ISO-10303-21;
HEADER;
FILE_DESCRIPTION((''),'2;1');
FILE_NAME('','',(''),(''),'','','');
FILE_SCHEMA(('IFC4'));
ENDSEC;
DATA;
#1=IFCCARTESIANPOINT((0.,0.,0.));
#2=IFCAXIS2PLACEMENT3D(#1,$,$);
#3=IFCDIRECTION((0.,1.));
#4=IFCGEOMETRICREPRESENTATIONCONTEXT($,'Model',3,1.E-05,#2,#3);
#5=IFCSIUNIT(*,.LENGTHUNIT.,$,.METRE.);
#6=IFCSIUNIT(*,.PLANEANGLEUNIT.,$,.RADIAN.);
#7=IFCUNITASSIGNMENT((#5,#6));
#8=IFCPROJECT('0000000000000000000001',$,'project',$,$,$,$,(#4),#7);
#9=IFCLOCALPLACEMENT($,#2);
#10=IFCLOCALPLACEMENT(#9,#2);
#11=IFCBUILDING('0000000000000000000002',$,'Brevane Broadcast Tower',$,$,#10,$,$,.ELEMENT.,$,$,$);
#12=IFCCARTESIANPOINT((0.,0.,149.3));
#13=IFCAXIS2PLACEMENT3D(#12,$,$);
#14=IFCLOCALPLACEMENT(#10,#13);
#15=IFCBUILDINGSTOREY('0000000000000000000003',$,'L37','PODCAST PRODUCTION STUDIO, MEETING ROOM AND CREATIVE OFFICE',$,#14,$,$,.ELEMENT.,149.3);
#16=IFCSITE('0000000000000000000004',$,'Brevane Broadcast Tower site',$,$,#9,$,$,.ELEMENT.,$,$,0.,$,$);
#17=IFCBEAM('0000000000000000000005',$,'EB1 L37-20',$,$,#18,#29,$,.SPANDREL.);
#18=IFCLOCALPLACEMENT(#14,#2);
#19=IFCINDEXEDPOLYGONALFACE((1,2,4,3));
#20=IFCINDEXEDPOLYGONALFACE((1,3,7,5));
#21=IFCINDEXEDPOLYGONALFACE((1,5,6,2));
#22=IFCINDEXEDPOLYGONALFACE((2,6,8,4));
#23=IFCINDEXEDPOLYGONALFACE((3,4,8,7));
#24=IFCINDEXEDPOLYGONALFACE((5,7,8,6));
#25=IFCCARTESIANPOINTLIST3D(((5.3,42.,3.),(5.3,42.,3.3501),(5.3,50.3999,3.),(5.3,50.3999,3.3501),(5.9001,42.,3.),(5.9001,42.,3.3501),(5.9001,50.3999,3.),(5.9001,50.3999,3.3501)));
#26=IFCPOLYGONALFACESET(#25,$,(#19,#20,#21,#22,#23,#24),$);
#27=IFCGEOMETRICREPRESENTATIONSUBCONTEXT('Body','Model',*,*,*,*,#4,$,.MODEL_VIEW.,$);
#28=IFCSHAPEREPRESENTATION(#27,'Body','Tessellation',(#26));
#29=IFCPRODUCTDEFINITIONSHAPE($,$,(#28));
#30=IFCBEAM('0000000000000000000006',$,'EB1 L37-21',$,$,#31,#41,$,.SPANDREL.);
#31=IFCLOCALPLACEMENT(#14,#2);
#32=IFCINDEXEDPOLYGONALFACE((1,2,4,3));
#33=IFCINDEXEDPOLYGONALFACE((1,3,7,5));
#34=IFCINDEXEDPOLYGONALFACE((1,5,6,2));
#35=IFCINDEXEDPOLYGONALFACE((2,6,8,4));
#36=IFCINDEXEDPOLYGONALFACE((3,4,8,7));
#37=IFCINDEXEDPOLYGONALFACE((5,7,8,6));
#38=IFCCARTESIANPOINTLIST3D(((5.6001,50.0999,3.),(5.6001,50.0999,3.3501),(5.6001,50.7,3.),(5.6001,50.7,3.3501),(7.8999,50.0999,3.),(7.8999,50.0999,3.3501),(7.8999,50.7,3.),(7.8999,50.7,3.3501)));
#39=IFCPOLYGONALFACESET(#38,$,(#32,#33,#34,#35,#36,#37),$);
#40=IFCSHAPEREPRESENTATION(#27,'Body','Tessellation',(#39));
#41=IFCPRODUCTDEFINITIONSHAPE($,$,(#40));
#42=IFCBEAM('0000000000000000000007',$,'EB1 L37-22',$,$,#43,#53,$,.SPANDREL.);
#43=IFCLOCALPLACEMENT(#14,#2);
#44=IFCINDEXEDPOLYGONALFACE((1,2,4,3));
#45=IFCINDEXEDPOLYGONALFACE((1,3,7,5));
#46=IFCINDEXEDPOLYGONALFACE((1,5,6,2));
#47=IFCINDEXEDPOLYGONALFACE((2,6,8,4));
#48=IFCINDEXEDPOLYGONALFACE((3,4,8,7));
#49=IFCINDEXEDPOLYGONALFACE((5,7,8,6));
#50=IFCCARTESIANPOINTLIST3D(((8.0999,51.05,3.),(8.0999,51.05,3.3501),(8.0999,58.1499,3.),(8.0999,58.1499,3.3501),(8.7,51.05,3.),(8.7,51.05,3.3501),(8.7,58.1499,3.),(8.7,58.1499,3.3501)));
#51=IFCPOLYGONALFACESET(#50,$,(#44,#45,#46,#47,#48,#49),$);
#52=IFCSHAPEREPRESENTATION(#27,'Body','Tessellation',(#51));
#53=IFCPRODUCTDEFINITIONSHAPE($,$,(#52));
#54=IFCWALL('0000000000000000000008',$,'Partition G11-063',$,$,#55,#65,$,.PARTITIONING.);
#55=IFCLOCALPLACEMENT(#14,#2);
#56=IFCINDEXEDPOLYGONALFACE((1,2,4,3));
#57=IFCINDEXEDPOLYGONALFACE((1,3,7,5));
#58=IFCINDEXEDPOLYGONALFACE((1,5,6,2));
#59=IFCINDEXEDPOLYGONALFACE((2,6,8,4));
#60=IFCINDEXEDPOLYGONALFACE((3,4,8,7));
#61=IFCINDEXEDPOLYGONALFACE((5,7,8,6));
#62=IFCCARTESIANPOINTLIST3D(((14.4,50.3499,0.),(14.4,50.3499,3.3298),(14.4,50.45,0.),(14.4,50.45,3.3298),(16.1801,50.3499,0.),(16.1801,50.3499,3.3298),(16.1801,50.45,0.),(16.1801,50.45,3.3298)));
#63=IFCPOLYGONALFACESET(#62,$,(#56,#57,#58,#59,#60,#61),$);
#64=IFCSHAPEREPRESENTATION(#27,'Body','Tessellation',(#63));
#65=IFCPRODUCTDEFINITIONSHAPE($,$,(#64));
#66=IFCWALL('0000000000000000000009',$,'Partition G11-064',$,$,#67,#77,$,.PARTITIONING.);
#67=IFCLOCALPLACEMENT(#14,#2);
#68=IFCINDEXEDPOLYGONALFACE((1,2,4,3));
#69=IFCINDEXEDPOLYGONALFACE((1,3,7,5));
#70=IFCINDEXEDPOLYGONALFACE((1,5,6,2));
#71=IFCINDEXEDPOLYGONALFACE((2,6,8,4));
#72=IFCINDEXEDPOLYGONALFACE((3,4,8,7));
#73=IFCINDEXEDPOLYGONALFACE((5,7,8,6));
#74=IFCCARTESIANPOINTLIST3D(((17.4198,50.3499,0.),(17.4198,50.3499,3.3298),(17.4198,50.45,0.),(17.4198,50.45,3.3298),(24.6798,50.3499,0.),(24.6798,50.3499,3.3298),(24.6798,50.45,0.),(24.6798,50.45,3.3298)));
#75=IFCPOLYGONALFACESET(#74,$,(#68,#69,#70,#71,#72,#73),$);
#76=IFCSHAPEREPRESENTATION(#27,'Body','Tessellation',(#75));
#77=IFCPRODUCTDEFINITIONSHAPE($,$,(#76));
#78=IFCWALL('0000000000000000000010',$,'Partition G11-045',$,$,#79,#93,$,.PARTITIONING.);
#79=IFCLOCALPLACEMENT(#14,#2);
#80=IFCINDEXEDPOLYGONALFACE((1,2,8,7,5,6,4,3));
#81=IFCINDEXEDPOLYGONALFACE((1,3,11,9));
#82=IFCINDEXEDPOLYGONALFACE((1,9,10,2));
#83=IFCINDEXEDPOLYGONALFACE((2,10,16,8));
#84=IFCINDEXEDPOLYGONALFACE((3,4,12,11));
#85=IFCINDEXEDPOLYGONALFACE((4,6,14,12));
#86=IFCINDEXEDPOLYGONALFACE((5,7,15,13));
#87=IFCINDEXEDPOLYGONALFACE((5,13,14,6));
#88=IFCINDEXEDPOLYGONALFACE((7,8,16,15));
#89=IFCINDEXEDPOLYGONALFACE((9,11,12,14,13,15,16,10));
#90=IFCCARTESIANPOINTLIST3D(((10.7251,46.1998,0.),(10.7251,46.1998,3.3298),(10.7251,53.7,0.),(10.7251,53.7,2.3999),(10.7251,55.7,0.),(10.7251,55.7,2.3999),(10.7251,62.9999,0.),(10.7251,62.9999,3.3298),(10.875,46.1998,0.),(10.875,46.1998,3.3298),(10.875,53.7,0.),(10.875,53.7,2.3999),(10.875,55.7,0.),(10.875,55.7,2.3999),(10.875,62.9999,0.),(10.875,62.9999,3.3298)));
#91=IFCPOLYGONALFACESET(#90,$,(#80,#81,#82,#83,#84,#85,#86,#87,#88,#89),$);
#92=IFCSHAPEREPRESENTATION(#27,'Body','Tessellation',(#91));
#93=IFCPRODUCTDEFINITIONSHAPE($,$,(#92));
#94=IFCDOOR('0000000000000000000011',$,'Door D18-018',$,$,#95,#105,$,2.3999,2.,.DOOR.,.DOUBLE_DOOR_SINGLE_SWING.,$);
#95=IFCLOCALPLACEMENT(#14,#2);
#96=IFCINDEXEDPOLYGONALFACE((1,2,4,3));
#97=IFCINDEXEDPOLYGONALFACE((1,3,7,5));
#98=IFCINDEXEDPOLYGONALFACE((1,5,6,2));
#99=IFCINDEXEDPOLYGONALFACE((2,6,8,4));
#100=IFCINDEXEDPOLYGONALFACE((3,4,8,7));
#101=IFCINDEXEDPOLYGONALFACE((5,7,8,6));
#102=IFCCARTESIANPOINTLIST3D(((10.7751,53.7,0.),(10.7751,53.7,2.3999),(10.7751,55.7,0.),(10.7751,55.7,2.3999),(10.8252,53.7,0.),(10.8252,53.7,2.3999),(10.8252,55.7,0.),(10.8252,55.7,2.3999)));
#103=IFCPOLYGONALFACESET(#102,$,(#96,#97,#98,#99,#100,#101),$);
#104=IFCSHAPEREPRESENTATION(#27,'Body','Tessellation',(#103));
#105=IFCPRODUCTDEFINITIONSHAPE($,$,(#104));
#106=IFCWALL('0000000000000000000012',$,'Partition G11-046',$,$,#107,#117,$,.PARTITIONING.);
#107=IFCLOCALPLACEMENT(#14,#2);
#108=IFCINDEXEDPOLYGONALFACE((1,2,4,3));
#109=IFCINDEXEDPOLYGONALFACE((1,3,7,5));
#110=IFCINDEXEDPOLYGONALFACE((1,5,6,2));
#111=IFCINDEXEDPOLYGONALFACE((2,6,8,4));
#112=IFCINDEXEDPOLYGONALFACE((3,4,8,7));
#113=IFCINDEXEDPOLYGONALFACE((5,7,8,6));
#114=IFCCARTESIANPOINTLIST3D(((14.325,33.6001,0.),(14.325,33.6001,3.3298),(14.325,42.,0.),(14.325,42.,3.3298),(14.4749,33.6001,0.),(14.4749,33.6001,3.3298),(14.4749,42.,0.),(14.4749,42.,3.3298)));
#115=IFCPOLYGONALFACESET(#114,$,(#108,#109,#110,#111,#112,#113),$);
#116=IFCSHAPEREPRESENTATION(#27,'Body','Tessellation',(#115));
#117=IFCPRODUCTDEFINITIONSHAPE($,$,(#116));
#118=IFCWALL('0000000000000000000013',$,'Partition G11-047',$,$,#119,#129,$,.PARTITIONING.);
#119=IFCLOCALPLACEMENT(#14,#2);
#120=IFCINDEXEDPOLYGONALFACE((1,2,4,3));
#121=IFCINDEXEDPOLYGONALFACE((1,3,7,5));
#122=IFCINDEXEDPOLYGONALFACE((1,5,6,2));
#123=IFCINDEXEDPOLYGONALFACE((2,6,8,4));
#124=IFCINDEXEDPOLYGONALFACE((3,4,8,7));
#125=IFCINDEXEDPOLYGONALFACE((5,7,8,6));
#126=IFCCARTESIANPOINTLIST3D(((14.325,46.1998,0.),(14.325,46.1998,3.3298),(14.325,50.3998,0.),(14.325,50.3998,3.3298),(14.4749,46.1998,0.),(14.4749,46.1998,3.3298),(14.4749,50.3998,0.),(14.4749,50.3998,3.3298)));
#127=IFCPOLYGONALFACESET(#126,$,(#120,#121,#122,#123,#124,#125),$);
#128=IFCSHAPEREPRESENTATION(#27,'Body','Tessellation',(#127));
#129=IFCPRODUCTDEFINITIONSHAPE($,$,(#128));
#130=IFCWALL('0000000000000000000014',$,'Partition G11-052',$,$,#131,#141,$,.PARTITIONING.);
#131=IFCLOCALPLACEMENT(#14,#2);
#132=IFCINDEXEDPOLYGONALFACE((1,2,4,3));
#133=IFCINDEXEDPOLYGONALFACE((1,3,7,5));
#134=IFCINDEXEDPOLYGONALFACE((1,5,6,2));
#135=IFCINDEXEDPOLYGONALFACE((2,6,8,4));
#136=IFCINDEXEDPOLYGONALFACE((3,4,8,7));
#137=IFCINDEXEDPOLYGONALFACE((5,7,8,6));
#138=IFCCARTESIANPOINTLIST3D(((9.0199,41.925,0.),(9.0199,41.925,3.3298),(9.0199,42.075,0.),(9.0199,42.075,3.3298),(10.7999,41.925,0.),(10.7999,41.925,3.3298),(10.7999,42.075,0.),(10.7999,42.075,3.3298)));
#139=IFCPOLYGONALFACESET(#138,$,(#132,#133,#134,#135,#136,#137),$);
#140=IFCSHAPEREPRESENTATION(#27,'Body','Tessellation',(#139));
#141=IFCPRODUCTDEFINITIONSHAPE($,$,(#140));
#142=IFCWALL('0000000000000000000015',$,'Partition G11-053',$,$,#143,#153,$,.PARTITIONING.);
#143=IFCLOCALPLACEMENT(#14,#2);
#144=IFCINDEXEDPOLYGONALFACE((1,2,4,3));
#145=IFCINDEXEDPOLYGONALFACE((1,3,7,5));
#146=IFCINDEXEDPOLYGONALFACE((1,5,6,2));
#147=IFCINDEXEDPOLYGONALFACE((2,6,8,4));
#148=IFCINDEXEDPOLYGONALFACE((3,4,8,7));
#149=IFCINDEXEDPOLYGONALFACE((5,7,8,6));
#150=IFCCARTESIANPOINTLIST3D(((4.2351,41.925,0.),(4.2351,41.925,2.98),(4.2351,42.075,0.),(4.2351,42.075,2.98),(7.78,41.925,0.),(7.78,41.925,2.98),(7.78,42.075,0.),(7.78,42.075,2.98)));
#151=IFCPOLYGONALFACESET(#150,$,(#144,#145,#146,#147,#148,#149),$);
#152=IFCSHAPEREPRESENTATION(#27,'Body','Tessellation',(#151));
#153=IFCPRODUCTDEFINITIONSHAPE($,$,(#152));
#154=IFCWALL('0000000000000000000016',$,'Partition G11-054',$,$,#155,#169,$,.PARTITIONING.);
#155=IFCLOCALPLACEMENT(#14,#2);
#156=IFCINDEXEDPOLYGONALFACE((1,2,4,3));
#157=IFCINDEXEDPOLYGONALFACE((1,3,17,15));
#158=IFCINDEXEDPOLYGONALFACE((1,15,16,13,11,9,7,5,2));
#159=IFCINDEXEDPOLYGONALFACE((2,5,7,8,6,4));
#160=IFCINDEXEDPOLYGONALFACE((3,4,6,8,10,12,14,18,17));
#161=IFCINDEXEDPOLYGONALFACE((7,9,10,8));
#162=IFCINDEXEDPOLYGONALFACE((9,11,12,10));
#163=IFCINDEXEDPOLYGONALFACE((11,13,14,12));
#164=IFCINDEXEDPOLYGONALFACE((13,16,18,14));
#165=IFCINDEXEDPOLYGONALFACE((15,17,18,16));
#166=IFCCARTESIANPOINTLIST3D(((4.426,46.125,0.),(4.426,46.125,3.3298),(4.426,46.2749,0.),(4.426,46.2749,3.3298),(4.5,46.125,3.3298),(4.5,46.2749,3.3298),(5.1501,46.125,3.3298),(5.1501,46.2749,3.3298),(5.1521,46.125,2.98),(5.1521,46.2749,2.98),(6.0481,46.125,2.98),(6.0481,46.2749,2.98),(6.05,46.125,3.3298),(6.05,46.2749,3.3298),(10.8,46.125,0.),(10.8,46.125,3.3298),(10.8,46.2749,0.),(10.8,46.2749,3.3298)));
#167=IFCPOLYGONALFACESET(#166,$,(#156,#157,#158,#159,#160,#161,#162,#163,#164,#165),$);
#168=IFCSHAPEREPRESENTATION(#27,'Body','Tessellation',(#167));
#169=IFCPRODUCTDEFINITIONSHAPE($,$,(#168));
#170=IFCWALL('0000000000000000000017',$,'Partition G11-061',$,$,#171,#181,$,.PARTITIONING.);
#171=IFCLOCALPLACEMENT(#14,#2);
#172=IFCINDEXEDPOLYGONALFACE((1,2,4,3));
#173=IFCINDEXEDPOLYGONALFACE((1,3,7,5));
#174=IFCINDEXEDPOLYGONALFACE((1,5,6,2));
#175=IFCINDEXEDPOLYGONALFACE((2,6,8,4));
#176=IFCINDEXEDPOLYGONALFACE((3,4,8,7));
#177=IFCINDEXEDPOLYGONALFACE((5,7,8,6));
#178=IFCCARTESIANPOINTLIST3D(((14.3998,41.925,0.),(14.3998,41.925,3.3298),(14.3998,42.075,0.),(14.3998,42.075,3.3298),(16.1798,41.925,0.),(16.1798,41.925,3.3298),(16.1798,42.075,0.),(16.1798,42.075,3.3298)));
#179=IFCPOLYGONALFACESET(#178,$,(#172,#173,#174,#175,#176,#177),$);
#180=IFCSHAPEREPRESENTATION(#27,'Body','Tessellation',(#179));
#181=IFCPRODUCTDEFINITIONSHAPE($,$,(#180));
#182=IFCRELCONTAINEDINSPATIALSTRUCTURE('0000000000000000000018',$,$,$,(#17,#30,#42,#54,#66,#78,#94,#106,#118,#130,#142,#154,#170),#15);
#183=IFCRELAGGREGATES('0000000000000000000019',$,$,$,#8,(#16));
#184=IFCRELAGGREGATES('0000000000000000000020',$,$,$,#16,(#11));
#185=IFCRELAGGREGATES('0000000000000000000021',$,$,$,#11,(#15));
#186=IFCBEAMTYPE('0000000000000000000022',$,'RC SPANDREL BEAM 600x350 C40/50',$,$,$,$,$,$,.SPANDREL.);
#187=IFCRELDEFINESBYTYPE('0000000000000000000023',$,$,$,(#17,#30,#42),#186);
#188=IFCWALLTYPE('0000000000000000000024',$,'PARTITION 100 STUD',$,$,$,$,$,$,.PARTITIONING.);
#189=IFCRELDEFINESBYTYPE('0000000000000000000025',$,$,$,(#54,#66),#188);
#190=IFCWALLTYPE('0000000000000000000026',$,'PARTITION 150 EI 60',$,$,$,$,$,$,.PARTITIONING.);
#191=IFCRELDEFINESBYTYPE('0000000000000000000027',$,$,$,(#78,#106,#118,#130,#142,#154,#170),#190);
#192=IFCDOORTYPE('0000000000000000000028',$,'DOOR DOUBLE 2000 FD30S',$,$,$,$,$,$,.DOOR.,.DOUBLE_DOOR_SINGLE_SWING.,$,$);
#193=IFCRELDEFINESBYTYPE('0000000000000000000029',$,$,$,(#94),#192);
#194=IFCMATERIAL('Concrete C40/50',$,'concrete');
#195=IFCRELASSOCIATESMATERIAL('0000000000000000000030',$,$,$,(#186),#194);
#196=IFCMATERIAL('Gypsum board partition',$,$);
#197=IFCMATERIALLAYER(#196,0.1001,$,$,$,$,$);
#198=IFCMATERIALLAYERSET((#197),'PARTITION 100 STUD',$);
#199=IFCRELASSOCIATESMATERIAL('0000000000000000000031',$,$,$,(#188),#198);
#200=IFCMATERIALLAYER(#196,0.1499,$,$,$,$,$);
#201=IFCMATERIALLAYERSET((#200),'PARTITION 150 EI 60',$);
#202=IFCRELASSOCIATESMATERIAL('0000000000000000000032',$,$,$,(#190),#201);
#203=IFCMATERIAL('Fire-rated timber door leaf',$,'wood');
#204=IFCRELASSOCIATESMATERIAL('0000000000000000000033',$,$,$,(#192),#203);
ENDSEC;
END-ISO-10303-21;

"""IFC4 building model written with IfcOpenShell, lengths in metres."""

from ifc_helpers import new_model, si_unit, direction, frame, frame_2d, origin, origin_2d, place, context, subcontext, project, spatial, polyline, rectangle, outline, extrude, material, layer, layer_set, material_profile, profile_set, type_object, element, fill, save


model = new_model("IFC4")

# Units and contexts
model_context = context("Model", 3, precision=1e-05, world=origin(), true_north=direction((0.0, 1.0)))
body_context = subcontext(model_context, "Body", "Model", "MODEL_VIEW")
ifc_project = project(units=[si_unit("LENGTHUNIT", "METRE"), si_unit("PLANEANGLEUNIT", "RADIAN")], contexts=[model_context])

# Site, building, storey
site_placement = place(None, origin())
site = spatial("IfcSite", under=ifc_project, at=site_placement, Name="Brevane Broadcast Tower site", CompositionType="ELEMENT", RefElevation=0.0)
building_placement = place(site_placement, origin())
building = spatial("IfcBuilding", under=site, at=building_placement, Name="Brevane Broadcast Tower", CompositionType="ELEMENT")
storey_placement = place(building_placement, frame((0.0, 0.0, 149.3)))
storey = spatial("IfcBuildingStorey", under=building, at=storey_placement, Name="L37", Description="PODCAST PRODUCTION STUDIO, MEETING ROOM AND CREATIVE OFFICE", CompositionType="ELEMENT", Elevation=149.3)

# Beams
ifc_material_1 = material(Name="Concrete C40/50", Category="concrete")
ifc_material_profile_1 = material_profile(ifc_material_1, rectangle(XDim=0.6001, YDim=0.3501, at=origin_2d()), Name="RC 600x350")
ifc_profile_set_1 = profile_set([ifc_material_profile_1], Name="Concrete C40/50")
beam_type_1 = type_object("IfcBeamType", Name="RC SPANDREL BEAM 600x350 C40/50", PredefinedType="SPANDREL", material=ifc_profile_set_1)
beam_1_placement = place(storey_placement, frame((5.6001, 42.0, 3.175), z_axis=(0.0, 1.0, 0.0), x_axis=(-1.0, 0.0, 0.0)))
element("IfcBeam", 1, at=beam_1_placement, inside=storey, type_object=beam_type_1, Name="EB1 L37-20", PredefinedType="SPANDREL", context=body_context, shape_type="SweptSolid", body=[
    extrude(rectangle(XDim=0.6001, YDim=0.3501, at=origin_2d()), origin(), (0.0, 0.0, 1.0), 8.3999),
])
beam_2_placement = place(storey_placement, frame((5.6001, 50.3999, 3.175), z_axis=(1.0, 0.0, 0.0), x_axis=(0.0, 1.0, 0.0)))
element("IfcBeam", 2, at=beam_2_placement, inside=storey, type_object=beam_type_1, Name="EB1 L37-21", PredefinedType="SPANDREL", context=body_context, shape_type="SweptSolid", body=[
    extrude(rectangle(XDim=0.6001, YDim=0.3501, at=origin_2d()), origin(), (0.0, 0.0, 1.0), 2.2998),
])
beam_3_placement = place(storey_placement, frame((8.3999, 51.05, 3.175), z_axis=(0.0, 1.0, 0.0), x_axis=(-1.0, 0.0, 0.0)))
element("IfcBeam", 3, at=beam_3_placement, inside=storey, type_object=beam_type_1, Name="EB1 L37-22", PredefinedType="SPANDREL", context=body_context, shape_type="SweptSolid", body=[
    extrude(rectangle(XDim=0.6001, YDim=0.3501, at=origin_2d()), origin(), (0.0, 0.0, 1.0), 7.0999),
])

# Walls
ifc_material_2 = material(Name="Gypsum board partition")
ifc_layer_1 = layer(ifc_material_2, 0.1001)
ifc_layer_set_1 = layer_set([ifc_layer_1], Name="PARTITION 100 STUD")
wall_type_1 = type_object("IfcWallType", Name="PARTITION 100 STUD", PredefinedType="PARTITIONING", material=ifc_layer_set_1)
wall_1_placement = place(storey_placement, frame((14.3999, 50.3999, 0.0), z_axis=(0.0, 0.0, 1.0), x_axis=(1.0, 0.0, 0.0)))
element("IfcWall", 4, at=wall_1_placement, inside=storey, type_object=wall_type_1, Name="Partition G11-063", PredefinedType="PARTITIONING", context=body_context, shape_type="SweptSolid", body=[
    extrude(rectangle(XDim=1.78, YDim=0.1001, at=frame_2d((0.8901, 0.0))), origin(), (0.0, 0.0, 1.0), 3.3298),
])
wall_2_placement = place(storey_placement, frame((17.4199, 50.3999, 0.0), z_axis=(0.0, 0.0, 1.0), x_axis=(1.0, 0.0, 0.0)))
element("IfcWall", 5, at=wall_2_placement, inside=storey, type_object=wall_type_1, Name="Partition G11-064", PredefinedType="PARTITIONING", context=body_context, shape_type="SweptSolid", body=[
    extrude(rectangle(XDim=7.26, YDim=0.1001, at=frame_2d((3.6299, 0.0))), origin(), (0.0, 0.0, 1.0), 3.3298),
])

# Wall, opening, door
ifc_layer_2 = layer(ifc_material_2, 0.1499)
ifc_layer_set_2 = layer_set([ifc_layer_2], Name="PARTITION 150 EI 60")
wall_type_2 = type_object("IfcWallType", Name="PARTITION 150 EI 60", PredefinedType="PARTITIONING", material=ifc_layer_set_2)
wall_3_placement = place(storey_placement, frame((10.8, 46.2, 0.0), z_axis=(0.0, 0.0, 1.0), x_axis=(0.0, 1.0, 0.0)))
wall_3 = element("IfcWall", 6, at=wall_3_placement, inside=storey, type_object=wall_type_2, Name="Partition G11-045", PredefinedType="PARTITIONING", context=body_context, shape_type="SweptSolid", body=[
    extrude(rectangle(XDim=16.8, YDim=0.1499, at=frame_2d((8.3999, 0.0))), origin(), (0.0, 0.0, 1.0), 3.3298),
])
opening_1_placement = place(wall_3_placement, frame((7.5, 0.0, 0.0)))
opening_1 = element("IfcOpeningElement", 7, at=opening_1_placement, cuts=wall_3, PredefinedType="OPENING", context=body_context, shape_type="SweptSolid", body=[
    extrude(rectangle(XDim=2.0, YDim=2.3999, at=frame_2d((1.0, 1.2))), frame((0.0, 0.085, 0.0), z_axis=(0.0, -1.0, 0.0), x_axis=(1.0, 0.0, 0.0)), (0.0, 0.0, 1.0), 0.1699),
])
ifc_material_3 = material(Name="Fire-rated timber door leaf", Category="wood")
door_type_1 = type_object("IfcDoorType", Name="DOOR DOUBLE 2000 FD30S", OperationType="DOUBLE_DOOR_SINGLE_SWING", PredefinedType="DOOR", material=ifc_material_3)
door_1_placement = place(opening_1_placement, origin())
door_1 = element("IfcDoor", 8, at=door_1_placement, inside=storey, type_object=door_type_1, Name="Door D18-018", OperationType="DOUBLE_DOOR_SINGLE_SWING", OverallHeight=2.3999, OverallWidth=2.0, PredefinedType="DOOR", context=body_context, shape_type="SweptSolid", body=[
    extrude(rectangle(XDim=2.0, YDim=2.3999, at=frame_2d((1.0, 1.2))), frame((0.0, 0.0249, 0.0), z_axis=(0.0, -1.0, 0.0), x_axis=(1.0, 0.0, 0.0)), (0.0, 0.0, 1.0), 0.05),
])
fill(opening_1, door_1)

# Walls
wall_4_placement = place(storey_placement, frame((14.3999, 42.0, 0.0), z_axis=(0.0, 0.0, 1.0), x_axis=(0.0, -1.0, 0.0)))
element("IfcWall", 9, at=wall_4_placement, inside=storey, type_object=wall_type_2, Name="Partition G11-046", PredefinedType="PARTITIONING", context=body_context, shape_type="SweptSolid", body=[
    extrude(rectangle(XDim=8.3999, YDim=0.1499, at=frame_2d((4.2, 0.0))), origin(), (0.0, 0.0, 1.0), 3.3298),
])
wall_5_placement = place(storey_placement, frame((14.3999, 50.3999, 0.0), z_axis=(0.0, 0.0, 1.0), x_axis=(0.0, -1.0, 0.0)))
element("IfcWall", 10, at=wall_5_placement, inside=storey, type_object=wall_type_2, Name="Partition G11-047", PredefinedType="PARTITIONING", context=body_context, shape_type="SweptSolid", body=[
    extrude(rectangle(XDim=4.2, YDim=0.1499, at=frame_2d((2.1001, 0.0))), origin(), (0.0, 0.0, 1.0), 3.3298),
])
wall_6_placement = place(storey_placement, frame((10.8, 42.0, 0.0), z_axis=(0.0, 0.0, 1.0), x_axis=(-1.0, 0.0, 0.0)))
element("IfcWall", 11, at=wall_6_placement, inside=storey, type_object=wall_type_2, Name="Partition G11-052", PredefinedType="PARTITIONING", context=body_context, shape_type="SweptSolid", body=[
    extrude(rectangle(XDim=1.78, YDim=0.1499, at=frame_2d((0.8901, 0.0))), origin(), (0.0, 0.0, 1.0), 3.3298),
])
wall_7_placement = place(storey_placement, frame((7.78, 42.0, 0.0), z_axis=(0.0, 0.0, 1.0), x_axis=(-1.0, 0.0, 0.0)))
element("IfcWall", 12, at=wall_7_placement, inside=storey, type_object=wall_type_2, Name="Partition G11-053", PredefinedType="PARTITIONING", context=body_context, shape_type="SweptSolid", body=[
    extrude(rectangle(XDim=3.5449, YDim=0.1499, at=frame_2d((1.7725, 0.0))), origin(), (0.0, 0.0, 1.0), 2.98),
])
wall_8_placement = place(storey_placement, frame((4.426, 46.2, 0.0), z_axis=(0.0, 0.0, 1.0), x_axis=(1.0, 0.0, 0.0)))
element("IfcWall", 13, at=wall_8_placement, inside=storey, type_object=wall_type_2, Name="Partition G11-054", PredefinedType="PARTITIONING", context=body_context, shape_type="SweptSolid", body=[
    extrude(outline(polyline([(0.0, 0.0), (6.374, 0.0), (6.374, 3.3298), (1.624, 3.3298), (1.6221, 2.98), (0.7261, 2.98), (0.7241, 3.3298), (0.074, 3.3298), (0.0, 3.3298), (0.0, 0.0)])), frame((0.0, 0.075, 0.0), z_axis=(0.0, -1.0, 0.0), x_axis=(1.0, 0.0, 0.0)), (0.0, 0.0, 1.0), 0.1499),
])
wall_9_placement = place(storey_placement, frame((16.1799, 42.0, 0.0), z_axis=(0.0, 0.0, 1.0), x_axis=(-1.0, 0.0, 0.0)))
element("IfcWall", 14, at=wall_9_placement, inside=storey, type_object=wall_type_2, Name="Partition G11-061", PredefinedType="PARTITIONING", context=body_context, shape_type="SweptSolid", body=[
    extrude(rectangle(XDim=1.78, YDim=0.1499, at=frame_2d((0.8901, 0.0))), origin(), (0.0, 0.0, 1.0), 3.3298),
])

save(model, "model.ifc")
